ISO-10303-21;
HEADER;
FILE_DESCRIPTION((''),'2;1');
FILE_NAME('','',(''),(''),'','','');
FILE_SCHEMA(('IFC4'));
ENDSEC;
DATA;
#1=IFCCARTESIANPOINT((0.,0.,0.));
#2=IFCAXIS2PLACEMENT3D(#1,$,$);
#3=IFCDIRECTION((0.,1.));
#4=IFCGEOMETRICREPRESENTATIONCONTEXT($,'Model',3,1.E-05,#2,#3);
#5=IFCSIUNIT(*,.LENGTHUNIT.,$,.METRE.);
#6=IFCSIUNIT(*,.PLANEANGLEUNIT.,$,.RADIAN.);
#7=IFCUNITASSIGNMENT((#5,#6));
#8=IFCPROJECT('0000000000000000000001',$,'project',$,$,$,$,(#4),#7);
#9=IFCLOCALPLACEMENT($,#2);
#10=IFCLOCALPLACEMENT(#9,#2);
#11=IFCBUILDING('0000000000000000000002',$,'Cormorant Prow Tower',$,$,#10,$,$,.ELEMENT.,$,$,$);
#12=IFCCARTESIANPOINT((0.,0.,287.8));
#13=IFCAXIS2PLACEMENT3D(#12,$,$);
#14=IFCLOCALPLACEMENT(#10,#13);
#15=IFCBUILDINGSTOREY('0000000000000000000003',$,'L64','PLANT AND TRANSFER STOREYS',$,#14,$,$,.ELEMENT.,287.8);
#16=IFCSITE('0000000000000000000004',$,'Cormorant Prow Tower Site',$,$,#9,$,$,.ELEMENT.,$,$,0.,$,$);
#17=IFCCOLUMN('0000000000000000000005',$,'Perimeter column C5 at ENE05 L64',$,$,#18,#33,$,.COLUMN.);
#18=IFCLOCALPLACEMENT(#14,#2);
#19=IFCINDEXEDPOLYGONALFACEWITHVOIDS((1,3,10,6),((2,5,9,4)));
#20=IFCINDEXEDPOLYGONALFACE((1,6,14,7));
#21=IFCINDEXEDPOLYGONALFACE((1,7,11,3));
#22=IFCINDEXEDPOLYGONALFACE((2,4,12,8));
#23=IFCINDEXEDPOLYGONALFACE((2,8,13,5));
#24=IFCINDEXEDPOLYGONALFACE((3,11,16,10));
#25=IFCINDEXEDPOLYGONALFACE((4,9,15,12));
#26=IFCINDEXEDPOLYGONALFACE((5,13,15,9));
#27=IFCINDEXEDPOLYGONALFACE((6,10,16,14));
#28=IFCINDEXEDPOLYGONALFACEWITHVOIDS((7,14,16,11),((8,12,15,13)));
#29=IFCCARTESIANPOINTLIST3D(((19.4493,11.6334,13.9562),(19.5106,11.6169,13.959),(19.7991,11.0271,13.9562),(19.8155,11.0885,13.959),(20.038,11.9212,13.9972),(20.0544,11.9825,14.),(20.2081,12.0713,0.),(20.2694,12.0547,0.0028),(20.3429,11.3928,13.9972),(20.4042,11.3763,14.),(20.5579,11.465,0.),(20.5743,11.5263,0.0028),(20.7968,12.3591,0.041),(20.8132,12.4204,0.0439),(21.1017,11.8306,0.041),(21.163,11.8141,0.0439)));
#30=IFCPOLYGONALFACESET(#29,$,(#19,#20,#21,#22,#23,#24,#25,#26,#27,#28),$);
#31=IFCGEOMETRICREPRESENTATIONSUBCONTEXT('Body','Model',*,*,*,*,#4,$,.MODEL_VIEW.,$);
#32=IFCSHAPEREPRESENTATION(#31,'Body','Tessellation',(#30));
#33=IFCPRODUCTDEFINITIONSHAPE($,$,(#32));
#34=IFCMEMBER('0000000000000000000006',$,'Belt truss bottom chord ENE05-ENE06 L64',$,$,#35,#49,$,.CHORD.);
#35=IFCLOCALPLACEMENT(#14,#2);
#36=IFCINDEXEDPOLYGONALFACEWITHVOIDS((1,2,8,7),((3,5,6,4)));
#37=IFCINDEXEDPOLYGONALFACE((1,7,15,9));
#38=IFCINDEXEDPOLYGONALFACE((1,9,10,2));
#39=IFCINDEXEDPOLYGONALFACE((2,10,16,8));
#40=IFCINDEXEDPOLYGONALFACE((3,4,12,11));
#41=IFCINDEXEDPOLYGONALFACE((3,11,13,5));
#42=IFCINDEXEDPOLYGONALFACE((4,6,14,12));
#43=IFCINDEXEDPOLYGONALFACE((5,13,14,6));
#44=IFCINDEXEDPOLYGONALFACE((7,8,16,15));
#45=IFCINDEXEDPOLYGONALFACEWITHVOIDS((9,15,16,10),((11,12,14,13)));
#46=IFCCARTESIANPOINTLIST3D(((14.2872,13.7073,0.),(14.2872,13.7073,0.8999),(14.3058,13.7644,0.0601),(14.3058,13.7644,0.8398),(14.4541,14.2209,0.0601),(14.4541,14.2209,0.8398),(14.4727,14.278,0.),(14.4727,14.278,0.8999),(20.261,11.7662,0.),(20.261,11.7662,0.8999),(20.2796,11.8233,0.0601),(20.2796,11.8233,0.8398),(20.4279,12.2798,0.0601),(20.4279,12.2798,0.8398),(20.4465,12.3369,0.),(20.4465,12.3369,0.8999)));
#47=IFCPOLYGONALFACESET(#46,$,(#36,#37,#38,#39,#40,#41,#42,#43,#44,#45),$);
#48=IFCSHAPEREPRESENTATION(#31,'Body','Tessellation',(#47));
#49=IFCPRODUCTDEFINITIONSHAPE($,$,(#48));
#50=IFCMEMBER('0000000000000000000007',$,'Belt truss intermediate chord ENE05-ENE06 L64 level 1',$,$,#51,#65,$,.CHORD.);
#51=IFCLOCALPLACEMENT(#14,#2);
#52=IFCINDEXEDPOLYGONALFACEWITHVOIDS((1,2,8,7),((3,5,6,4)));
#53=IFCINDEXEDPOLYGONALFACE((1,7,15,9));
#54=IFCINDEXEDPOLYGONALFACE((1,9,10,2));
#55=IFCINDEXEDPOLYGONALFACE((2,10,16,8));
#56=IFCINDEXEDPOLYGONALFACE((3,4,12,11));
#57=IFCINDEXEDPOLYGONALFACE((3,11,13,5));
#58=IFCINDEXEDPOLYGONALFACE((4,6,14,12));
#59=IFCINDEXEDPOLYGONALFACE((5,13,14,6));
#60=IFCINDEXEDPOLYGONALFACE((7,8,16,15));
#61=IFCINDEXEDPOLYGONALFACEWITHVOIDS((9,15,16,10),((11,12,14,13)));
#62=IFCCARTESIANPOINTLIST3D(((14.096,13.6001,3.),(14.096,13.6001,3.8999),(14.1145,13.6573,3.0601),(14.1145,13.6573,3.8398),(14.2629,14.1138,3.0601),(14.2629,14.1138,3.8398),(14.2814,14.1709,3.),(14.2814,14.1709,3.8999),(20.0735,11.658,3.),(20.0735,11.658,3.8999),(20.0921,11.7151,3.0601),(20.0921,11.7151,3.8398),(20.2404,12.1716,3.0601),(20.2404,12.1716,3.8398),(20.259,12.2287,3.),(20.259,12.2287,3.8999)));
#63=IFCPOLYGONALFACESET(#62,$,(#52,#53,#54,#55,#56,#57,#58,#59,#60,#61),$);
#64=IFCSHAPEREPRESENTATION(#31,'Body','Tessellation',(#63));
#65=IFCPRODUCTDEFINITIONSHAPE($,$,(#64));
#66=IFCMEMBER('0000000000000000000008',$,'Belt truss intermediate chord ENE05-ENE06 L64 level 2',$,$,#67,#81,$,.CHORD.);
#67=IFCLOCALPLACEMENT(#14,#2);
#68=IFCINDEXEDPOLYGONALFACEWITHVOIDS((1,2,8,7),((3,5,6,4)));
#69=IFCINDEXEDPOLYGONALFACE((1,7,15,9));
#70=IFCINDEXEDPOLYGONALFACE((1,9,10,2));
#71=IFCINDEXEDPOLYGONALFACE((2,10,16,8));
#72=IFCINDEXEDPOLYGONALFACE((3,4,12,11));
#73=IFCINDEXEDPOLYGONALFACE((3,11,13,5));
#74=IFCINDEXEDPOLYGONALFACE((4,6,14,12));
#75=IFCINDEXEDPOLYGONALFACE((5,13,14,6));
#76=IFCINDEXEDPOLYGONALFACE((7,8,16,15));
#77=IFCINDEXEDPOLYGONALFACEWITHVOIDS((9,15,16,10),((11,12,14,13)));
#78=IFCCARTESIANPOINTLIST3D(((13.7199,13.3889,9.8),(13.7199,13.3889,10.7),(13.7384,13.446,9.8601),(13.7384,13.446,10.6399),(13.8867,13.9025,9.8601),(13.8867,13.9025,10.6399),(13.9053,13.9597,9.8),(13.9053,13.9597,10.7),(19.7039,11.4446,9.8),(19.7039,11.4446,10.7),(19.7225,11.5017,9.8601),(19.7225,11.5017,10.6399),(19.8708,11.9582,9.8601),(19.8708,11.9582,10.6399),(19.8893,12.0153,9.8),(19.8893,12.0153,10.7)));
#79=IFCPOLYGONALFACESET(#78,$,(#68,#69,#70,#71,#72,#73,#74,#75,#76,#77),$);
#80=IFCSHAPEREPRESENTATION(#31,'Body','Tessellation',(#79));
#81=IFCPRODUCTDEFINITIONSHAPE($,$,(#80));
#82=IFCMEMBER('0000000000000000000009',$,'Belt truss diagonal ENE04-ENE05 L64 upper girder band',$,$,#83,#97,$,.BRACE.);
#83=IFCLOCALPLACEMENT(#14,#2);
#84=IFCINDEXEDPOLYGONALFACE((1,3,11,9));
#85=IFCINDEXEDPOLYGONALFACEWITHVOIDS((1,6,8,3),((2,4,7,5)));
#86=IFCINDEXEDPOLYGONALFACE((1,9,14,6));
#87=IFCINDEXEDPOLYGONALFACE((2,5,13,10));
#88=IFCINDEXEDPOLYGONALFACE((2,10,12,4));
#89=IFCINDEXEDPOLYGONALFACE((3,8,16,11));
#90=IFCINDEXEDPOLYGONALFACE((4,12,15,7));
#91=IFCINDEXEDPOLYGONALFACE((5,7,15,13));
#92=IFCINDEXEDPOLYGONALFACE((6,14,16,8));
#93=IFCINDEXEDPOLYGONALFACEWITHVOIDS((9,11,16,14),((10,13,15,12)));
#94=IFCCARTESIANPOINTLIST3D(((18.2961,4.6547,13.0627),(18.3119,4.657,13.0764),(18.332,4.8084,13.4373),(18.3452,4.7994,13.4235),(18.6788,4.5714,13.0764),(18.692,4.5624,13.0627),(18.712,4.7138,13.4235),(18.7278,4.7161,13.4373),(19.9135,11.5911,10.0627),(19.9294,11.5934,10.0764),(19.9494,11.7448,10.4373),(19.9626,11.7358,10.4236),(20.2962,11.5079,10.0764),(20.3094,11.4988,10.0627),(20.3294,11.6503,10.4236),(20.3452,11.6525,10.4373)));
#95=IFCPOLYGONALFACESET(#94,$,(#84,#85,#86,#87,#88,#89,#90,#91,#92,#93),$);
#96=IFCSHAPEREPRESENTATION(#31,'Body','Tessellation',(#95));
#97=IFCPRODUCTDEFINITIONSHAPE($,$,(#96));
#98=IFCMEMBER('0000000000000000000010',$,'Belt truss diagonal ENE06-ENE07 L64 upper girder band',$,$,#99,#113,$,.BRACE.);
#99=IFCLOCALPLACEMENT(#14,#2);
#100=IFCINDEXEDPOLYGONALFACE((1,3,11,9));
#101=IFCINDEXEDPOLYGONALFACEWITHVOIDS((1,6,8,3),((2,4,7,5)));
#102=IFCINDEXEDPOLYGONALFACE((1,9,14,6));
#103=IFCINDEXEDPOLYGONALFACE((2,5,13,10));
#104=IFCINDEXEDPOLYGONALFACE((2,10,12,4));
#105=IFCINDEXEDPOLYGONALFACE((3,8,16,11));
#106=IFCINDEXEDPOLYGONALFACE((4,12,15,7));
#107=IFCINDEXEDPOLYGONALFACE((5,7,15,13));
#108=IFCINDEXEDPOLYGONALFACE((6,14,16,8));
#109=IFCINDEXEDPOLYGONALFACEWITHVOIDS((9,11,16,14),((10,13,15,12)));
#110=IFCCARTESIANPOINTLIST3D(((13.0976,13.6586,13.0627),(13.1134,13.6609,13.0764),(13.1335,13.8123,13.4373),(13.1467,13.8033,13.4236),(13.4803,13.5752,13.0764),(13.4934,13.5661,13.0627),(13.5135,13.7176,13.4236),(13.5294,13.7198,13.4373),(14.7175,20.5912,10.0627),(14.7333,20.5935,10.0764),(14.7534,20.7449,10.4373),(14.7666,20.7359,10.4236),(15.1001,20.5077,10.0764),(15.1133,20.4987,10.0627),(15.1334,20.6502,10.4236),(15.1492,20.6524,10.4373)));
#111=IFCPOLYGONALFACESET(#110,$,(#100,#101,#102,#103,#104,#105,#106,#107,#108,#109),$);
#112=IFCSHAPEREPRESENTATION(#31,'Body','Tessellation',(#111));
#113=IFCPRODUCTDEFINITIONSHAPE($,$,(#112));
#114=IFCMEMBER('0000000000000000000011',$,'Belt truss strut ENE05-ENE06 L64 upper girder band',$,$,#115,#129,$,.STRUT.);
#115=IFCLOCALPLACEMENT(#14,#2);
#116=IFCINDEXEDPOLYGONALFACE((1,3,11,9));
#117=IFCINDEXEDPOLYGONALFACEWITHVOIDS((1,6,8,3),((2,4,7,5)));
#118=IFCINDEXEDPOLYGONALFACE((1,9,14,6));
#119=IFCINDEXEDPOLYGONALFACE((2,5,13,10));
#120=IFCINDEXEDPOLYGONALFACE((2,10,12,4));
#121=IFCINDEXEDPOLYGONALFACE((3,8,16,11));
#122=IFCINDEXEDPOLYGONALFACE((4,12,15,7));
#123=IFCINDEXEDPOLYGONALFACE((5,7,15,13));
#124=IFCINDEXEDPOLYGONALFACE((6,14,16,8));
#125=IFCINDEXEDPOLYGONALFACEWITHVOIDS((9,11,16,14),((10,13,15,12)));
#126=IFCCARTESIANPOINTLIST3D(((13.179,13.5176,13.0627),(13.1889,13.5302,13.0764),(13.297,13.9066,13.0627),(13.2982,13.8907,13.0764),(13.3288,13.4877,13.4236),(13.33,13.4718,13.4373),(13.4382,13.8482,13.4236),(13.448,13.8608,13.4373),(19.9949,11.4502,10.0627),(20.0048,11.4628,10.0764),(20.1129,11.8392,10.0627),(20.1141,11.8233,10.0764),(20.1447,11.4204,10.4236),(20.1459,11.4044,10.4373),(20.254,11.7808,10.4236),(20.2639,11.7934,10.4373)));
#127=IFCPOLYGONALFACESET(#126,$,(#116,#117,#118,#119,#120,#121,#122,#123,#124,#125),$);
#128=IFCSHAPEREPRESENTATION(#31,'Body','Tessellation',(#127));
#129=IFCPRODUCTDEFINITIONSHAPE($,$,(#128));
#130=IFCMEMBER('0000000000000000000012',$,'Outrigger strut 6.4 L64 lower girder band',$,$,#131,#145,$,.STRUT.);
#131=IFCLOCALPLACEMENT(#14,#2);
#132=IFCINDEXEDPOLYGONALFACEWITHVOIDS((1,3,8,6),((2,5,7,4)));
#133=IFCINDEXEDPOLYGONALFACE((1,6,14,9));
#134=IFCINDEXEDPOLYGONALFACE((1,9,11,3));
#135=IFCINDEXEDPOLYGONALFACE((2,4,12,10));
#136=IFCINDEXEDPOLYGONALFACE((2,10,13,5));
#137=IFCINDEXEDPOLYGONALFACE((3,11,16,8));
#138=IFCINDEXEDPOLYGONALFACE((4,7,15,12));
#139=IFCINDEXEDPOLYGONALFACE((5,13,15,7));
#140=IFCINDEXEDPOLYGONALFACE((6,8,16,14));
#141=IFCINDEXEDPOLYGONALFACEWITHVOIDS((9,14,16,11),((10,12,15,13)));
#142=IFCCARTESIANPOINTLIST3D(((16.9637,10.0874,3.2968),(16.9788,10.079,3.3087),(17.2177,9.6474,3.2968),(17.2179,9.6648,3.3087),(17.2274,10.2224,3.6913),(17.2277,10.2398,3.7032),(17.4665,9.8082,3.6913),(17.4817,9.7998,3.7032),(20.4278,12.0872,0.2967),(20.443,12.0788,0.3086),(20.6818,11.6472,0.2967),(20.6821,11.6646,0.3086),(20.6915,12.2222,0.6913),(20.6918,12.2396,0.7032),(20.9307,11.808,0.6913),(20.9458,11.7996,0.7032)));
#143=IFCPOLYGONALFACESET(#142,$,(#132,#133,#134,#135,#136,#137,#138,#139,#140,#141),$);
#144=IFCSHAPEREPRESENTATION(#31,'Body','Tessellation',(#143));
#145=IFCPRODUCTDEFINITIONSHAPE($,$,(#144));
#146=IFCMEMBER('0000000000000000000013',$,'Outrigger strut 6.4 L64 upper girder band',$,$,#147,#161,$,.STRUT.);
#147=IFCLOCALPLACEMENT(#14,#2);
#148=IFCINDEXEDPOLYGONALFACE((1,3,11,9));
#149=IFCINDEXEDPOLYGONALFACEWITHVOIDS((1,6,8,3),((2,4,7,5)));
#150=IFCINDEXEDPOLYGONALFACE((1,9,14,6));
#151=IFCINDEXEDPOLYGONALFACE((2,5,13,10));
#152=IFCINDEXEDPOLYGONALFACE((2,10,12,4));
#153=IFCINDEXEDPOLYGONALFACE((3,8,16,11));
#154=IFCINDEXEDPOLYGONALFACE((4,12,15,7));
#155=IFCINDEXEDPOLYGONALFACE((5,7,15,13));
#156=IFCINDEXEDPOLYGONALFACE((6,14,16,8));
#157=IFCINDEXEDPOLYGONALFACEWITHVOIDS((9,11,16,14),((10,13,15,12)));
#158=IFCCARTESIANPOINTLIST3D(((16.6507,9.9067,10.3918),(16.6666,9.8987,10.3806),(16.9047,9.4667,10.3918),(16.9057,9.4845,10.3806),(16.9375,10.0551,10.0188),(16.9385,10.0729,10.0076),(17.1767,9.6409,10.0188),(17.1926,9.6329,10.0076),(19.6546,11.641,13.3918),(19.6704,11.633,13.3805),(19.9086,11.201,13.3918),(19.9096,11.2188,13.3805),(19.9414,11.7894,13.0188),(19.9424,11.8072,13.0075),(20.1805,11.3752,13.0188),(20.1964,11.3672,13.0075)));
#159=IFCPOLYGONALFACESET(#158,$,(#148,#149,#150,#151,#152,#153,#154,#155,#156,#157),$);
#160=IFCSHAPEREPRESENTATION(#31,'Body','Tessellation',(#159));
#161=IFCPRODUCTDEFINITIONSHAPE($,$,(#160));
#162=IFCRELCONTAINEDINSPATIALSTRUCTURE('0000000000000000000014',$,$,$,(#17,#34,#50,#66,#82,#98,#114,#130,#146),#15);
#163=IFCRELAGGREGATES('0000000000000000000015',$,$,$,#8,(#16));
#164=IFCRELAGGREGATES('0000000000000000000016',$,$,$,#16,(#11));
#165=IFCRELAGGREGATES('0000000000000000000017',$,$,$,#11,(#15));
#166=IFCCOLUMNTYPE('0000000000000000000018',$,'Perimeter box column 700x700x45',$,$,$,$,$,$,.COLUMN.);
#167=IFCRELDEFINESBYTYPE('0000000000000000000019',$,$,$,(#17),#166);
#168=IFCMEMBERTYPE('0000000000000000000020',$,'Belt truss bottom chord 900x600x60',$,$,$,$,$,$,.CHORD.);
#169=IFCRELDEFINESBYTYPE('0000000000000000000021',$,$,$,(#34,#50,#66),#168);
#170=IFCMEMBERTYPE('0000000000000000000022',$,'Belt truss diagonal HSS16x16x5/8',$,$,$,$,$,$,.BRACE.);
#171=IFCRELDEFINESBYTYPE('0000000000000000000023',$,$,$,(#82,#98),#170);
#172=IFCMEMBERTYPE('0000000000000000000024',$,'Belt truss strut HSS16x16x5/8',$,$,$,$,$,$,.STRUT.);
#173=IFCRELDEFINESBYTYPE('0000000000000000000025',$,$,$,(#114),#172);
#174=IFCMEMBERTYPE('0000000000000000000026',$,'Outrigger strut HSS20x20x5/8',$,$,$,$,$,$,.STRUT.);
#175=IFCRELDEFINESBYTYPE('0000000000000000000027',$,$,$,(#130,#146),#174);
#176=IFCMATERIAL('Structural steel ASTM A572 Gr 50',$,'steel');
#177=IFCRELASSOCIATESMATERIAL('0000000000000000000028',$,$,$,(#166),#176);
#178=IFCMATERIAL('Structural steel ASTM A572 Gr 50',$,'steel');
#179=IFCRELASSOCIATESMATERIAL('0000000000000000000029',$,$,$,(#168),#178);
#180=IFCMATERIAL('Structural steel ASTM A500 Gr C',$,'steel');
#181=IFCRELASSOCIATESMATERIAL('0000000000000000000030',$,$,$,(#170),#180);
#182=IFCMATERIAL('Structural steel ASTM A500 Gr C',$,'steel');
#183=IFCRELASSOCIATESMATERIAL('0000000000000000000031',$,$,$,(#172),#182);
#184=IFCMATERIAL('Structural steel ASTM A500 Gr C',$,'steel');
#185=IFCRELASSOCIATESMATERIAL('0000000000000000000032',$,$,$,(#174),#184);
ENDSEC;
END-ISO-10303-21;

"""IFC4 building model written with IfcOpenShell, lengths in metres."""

from ifc_helpers import new_model, si_unit, direction, frame, origin, origin_2d, place, context, subcontext, project, spatial, hollow_rectangle, extrude, material, material_profile, profile_set, type_object, element, save


model = new_model("IFC4")

# Units and contexts
model_context = context("Model", 3, precision=1e-05, world=origin(), true_north=direction((0.0, 1.0)))
body_context = subcontext(model_context, "Body", "Model", "MODEL_VIEW")
ifc_project = project(units=[si_unit("LENGTHUNIT", "METRE"), si_unit("PLANEANGLEUNIT", "RADIAN")], contexts=[model_context])

# Site, building, storey
site_placement = place(None, origin())
site = spatial("IfcSite", under=ifc_project, at=site_placement, Name="Cormorant Prow Tower Site", CompositionType="ELEMENT", RefElevation=0.0)
building_placement = place(site_placement, origin())
building = spatial("IfcBuilding", under=site, at=building_placement, Name="Cormorant Prow Tower", CompositionType="ELEMENT")
storey_placement = place(building_placement, frame((0.0, 0.0, 287.8)))
storey = spatial("IfcBuildingStorey", under=building, at=storey_placement, Name="L64", Description="PLANT AND TRANSFER STOREYS", CompositionType="ELEMENT", Elevation=287.8)

# Column
ifc_material_1 = material(Name="Structural steel ASTM A572 Gr 50", Category="steel")
ifc_material_profile_1 = material_profile(ifc_material_1, hollow_rectangle(XDim=0.7, YDim=0.7, WallThickness=0.0449, at=origin_2d()), Name="Box 700x700x45")
ifc_profile_set_1 = profile_set([ifc_material_profile_1], Name="Structural steel ASTM A572 Gr 50")
column_type = type_object("IfcColumnType", Name="Perimeter box column 700x700x45", PredefinedType="COLUMN", material=ifc_profile_set_1)
column_placement = place(storey_placement, frame((20.6868, 11.9434, 0.0), z_axis=(-0.054267, -0.03131, 0.998035), x_axis=(0.499755, -0.866167, 0.0)))
element("IfcColumn", 1, at=column_placement, inside=storey, type_object=column_type, Name="Perimeter column C5 at ENE05 L64", PredefinedType="COLUMN", context=body_context, shape_type="SweptSolid", body=[
    extrude(hollow_rectangle(XDim=0.7, YDim=0.7, WallThickness=0.0449, at=origin_2d()), frame((0.0, 0.0, 0.022)), (0.0, 0.0, 1.0), 13.9836),
])

# Members
ifc_material_2 = material(Name="Structural steel ASTM A572 Gr 50", Category="steel")
ifc_material_profile_2 = material_profile(ifc_material_2, hollow_rectangle(XDim=0.6001, YDim=0.8999, WallThickness=0.0601, at=origin_2d()), Name="Box 900x600x60")
ifc_profile_set_2 = profile_set([ifc_material_profile_2], Name="Structural steel ASTM A572 Gr 50")
member_type_1 = type_object("IfcMemberType", Name="Belt truss bottom chord 900x600x60", PredefinedType="CHORD", material=ifc_profile_set_2)
member_1_placement = place(storey_placement, frame((20.3538, 12.0515, 0.45), z_axis=(-0.95105, 0.309036, 0.0), x_axis=(-0.309036, -0.95105, 0.0)))
element("IfcMember", 2, at=member_1_placement, inside=storey, type_object=member_type_1, Name="Belt truss bottom chord ENE05-ENE06 L64", PredefinedType="CHORD", context=body_context, shape_type="SweptSolid", body=[
    extrude(hollow_rectangle(XDim=0.6001, YDim=0.8999, WallThickness=0.0601, at=origin_2d()), origin(), (0.0, 0.0, 1.0), 6.2812),
])
member_2_placement = place(storey_placement, frame((20.1663, 11.9434, 3.45), z_axis=(-0.95106, 0.309005, 0.0), x_axis=(-0.309005, -0.95106, 0.0)))
element("IfcMember", 3, at=member_2_placement, inside=storey, type_object=member_type_1, Name="Belt truss intermediate chord ENE05-ENE06 L64 level 1", PredefinedType="CHORD", context=body_context, shape_type="SweptSolid", body=[
    extrude(hollow_rectangle(XDim=0.6001, YDim=0.8999, WallThickness=0.0601, at=origin_2d()), origin(), (0.0, 0.0, 1.0), 6.2852),
])
member_3_placement = place(storey_placement, frame((19.7966, 11.73, 10.25), z_axis=(-0.951058, 0.309013, 0.0), x_axis=(-0.309013, -0.951058, 0.0)))
element("IfcMember", 4, at=member_3_placement, inside=storey, type_object=member_type_1, Name="Belt truss intermediate chord ENE05-ENE06 L64 level 2", PredefinedType="CHORD", context=body_context, shape_type="SweptSolid", body=[
    extrude(hollow_rectangle(XDim=0.6001, YDim=0.8999, WallThickness=0.0601, at=origin_2d()), origin(), (0.0, 0.0, 1.0), 6.292),
])
ifc_material_3 = material(Name="Structural steel ASTM A500 Gr C", Category="steel")
ifc_material_profile_3 = material_profile(ifc_material_3, hollow_rectangle(XDim=0.4065, YDim=0.4065, WallThickness=0.0149, at=origin_2d()), Name="HSS16x16x5/8")
ifc_profile_set_3 = profile_set([ifc_material_profile_3], Name="Structural steel ASTM A500 Gr C")
member_type_2 = type_object("IfcMemberType", Name="Belt truss diagonal HSS16x16x5/8", PredefinedType="BRACE", material=ifc_profile_set_3)
member_4_placement = place(storey_placement, frame((20.1294, 11.6218, 10.25), z_axis=(-0.209278, -0.897512, 0.388168), x_axis=(0.973875, -0.227084, 0.0)))
element("IfcMember", 5, at=member_4_placement, inside=storey, type_object=member_type_2, Name="Belt truss diagonal ENE04-ENE05 L64 upper girder band", PredefinedType="BRACE", context=body_context, shape_type="SweptSolid", body=[
    extrude(hollow_rectangle(XDim=0.4065, YDim=0.4065, WallThickness=0.0149, at=origin_2d()), origin(), (0.0, 0.0, 1.0), 7.7285),
])
member_5_placement = place(storey_placement, frame((14.9333, 20.6218, 10.25), z_axis=(-0.209676, -0.897354, 0.388318), x_axis=(0.973771, -0.227531, 0.0)))
element("IfcMember", 6, at=member_5_placement, inside=storey, type_object=member_type_2, Name="Belt truss diagonal ENE06-ENE07 L64 upper girder band", PredefinedType="BRACE", context=body_context, shape_type="SweptSolid", body=[
    extrude(hollow_rectangle(XDim=0.4065, YDim=0.4065, WallThickness=0.0149, at=origin_2d()), origin(), (0.0, 0.0, 1.0), 7.7256),
])
ifc_material_4 = material(Name="Structural steel ASTM A500 Gr C", Category="steel")
ifc_material_profile_4 = material_profile(ifc_material_4, hollow_rectangle(XDim=0.4065, YDim=0.4065, WallThickness=0.0149, at=origin_2d()), Name="HSS16x16x5/8")
ifc_profile_set_4 = profile_set([ifc_material_profile_4], Name="Structural steel ASTM A500 Gr C")
member_type_3 = type_object("IfcMemberType", Name="Belt truss strut HSS16x16x5/8", PredefinedType="STRUT", material=ifc_profile_set_4)
member_6_placement = place(storey_placement, frame((20.1294, 11.6218, 10.25), z_axis=(-0.881912, 0.267499, 0.38817), x_axis=(-0.290259, -0.956948, 0.0)))
element("IfcMember", 7, at=member_6_placement, inside=storey, type_object=member_type_3, Name="Belt truss strut ENE05-ENE06 L64 upper girder band", PredefinedType="STRUT", context=body_context, shape_type="SweptSolid", body=[
    extrude(hollow_rectangle(XDim=0.4065, YDim=0.4065, WallThickness=0.0149, at=origin_2d()), origin(), (0.0, 0.0, 1.0), 7.7285),
])
ifc_material_5 = material(Name="Structural steel ASTM A500 Gr C", Category="steel")
ifc_material_profile_5 = material_profile(ifc_material_5, hollow_rectangle(XDim=0.5081, YDim=0.5081, WallThickness=0.0149, at=origin_2d()), Name="HSS20x20x5/8")
ifc_profile_set_5 = profile_set([ifc_material_profile_5], Name="Structural steel ASTM A500 Gr C")
member_type_4 = type_object("IfcMemberType", Name="Outrigger strut HSS20x20x5/8", PredefinedType="STRUT", material=ifc_profile_set_5)
member_7_placement = place(storey_placement, frame((17.2227, 9.9436, 3.5), z_axis=(0.692835, 0.399958, -0.600011), x_axis=(-0.499953, 0.866052, 0.0)))
element("IfcMember", 8, at=member_7_placement, inside=storey, type_object=member_type_4, Name="Outrigger strut 6.4 L64 lower girder band", PredefinedType="STRUT", context=body_context, shape_type="SweptSolid", body=[
    extrude(hollow_rectangle(XDim=0.5081, YDim=0.5081, WallThickness=0.0149, at=origin_2d()), origin(), (0.0, 0.0, 1.0), 5.0),
])
member_8_placement = place(storey_placement, frame((16.9216, 9.7698, 10.1997), z_axis=(0.655015, 0.378188, 0.654163), x_axis=(-0.500015, 0.866017, 0.0)))
element("IfcMember", 9, at=member_8_placement, inside=storey, type_object=member_type_4, Name="Outrigger strut 6.4 L64 upper girder band", PredefinedType="STRUT", context=body_context, shape_type="SweptSolid", body=[
    extrude(hollow_rectangle(XDim=0.5081, YDim=0.5081, WallThickness=0.0149, at=origin_2d()), origin(), (0.0, 0.0, 1.0), 4.5859),
])

save(model, "model.ifc")
